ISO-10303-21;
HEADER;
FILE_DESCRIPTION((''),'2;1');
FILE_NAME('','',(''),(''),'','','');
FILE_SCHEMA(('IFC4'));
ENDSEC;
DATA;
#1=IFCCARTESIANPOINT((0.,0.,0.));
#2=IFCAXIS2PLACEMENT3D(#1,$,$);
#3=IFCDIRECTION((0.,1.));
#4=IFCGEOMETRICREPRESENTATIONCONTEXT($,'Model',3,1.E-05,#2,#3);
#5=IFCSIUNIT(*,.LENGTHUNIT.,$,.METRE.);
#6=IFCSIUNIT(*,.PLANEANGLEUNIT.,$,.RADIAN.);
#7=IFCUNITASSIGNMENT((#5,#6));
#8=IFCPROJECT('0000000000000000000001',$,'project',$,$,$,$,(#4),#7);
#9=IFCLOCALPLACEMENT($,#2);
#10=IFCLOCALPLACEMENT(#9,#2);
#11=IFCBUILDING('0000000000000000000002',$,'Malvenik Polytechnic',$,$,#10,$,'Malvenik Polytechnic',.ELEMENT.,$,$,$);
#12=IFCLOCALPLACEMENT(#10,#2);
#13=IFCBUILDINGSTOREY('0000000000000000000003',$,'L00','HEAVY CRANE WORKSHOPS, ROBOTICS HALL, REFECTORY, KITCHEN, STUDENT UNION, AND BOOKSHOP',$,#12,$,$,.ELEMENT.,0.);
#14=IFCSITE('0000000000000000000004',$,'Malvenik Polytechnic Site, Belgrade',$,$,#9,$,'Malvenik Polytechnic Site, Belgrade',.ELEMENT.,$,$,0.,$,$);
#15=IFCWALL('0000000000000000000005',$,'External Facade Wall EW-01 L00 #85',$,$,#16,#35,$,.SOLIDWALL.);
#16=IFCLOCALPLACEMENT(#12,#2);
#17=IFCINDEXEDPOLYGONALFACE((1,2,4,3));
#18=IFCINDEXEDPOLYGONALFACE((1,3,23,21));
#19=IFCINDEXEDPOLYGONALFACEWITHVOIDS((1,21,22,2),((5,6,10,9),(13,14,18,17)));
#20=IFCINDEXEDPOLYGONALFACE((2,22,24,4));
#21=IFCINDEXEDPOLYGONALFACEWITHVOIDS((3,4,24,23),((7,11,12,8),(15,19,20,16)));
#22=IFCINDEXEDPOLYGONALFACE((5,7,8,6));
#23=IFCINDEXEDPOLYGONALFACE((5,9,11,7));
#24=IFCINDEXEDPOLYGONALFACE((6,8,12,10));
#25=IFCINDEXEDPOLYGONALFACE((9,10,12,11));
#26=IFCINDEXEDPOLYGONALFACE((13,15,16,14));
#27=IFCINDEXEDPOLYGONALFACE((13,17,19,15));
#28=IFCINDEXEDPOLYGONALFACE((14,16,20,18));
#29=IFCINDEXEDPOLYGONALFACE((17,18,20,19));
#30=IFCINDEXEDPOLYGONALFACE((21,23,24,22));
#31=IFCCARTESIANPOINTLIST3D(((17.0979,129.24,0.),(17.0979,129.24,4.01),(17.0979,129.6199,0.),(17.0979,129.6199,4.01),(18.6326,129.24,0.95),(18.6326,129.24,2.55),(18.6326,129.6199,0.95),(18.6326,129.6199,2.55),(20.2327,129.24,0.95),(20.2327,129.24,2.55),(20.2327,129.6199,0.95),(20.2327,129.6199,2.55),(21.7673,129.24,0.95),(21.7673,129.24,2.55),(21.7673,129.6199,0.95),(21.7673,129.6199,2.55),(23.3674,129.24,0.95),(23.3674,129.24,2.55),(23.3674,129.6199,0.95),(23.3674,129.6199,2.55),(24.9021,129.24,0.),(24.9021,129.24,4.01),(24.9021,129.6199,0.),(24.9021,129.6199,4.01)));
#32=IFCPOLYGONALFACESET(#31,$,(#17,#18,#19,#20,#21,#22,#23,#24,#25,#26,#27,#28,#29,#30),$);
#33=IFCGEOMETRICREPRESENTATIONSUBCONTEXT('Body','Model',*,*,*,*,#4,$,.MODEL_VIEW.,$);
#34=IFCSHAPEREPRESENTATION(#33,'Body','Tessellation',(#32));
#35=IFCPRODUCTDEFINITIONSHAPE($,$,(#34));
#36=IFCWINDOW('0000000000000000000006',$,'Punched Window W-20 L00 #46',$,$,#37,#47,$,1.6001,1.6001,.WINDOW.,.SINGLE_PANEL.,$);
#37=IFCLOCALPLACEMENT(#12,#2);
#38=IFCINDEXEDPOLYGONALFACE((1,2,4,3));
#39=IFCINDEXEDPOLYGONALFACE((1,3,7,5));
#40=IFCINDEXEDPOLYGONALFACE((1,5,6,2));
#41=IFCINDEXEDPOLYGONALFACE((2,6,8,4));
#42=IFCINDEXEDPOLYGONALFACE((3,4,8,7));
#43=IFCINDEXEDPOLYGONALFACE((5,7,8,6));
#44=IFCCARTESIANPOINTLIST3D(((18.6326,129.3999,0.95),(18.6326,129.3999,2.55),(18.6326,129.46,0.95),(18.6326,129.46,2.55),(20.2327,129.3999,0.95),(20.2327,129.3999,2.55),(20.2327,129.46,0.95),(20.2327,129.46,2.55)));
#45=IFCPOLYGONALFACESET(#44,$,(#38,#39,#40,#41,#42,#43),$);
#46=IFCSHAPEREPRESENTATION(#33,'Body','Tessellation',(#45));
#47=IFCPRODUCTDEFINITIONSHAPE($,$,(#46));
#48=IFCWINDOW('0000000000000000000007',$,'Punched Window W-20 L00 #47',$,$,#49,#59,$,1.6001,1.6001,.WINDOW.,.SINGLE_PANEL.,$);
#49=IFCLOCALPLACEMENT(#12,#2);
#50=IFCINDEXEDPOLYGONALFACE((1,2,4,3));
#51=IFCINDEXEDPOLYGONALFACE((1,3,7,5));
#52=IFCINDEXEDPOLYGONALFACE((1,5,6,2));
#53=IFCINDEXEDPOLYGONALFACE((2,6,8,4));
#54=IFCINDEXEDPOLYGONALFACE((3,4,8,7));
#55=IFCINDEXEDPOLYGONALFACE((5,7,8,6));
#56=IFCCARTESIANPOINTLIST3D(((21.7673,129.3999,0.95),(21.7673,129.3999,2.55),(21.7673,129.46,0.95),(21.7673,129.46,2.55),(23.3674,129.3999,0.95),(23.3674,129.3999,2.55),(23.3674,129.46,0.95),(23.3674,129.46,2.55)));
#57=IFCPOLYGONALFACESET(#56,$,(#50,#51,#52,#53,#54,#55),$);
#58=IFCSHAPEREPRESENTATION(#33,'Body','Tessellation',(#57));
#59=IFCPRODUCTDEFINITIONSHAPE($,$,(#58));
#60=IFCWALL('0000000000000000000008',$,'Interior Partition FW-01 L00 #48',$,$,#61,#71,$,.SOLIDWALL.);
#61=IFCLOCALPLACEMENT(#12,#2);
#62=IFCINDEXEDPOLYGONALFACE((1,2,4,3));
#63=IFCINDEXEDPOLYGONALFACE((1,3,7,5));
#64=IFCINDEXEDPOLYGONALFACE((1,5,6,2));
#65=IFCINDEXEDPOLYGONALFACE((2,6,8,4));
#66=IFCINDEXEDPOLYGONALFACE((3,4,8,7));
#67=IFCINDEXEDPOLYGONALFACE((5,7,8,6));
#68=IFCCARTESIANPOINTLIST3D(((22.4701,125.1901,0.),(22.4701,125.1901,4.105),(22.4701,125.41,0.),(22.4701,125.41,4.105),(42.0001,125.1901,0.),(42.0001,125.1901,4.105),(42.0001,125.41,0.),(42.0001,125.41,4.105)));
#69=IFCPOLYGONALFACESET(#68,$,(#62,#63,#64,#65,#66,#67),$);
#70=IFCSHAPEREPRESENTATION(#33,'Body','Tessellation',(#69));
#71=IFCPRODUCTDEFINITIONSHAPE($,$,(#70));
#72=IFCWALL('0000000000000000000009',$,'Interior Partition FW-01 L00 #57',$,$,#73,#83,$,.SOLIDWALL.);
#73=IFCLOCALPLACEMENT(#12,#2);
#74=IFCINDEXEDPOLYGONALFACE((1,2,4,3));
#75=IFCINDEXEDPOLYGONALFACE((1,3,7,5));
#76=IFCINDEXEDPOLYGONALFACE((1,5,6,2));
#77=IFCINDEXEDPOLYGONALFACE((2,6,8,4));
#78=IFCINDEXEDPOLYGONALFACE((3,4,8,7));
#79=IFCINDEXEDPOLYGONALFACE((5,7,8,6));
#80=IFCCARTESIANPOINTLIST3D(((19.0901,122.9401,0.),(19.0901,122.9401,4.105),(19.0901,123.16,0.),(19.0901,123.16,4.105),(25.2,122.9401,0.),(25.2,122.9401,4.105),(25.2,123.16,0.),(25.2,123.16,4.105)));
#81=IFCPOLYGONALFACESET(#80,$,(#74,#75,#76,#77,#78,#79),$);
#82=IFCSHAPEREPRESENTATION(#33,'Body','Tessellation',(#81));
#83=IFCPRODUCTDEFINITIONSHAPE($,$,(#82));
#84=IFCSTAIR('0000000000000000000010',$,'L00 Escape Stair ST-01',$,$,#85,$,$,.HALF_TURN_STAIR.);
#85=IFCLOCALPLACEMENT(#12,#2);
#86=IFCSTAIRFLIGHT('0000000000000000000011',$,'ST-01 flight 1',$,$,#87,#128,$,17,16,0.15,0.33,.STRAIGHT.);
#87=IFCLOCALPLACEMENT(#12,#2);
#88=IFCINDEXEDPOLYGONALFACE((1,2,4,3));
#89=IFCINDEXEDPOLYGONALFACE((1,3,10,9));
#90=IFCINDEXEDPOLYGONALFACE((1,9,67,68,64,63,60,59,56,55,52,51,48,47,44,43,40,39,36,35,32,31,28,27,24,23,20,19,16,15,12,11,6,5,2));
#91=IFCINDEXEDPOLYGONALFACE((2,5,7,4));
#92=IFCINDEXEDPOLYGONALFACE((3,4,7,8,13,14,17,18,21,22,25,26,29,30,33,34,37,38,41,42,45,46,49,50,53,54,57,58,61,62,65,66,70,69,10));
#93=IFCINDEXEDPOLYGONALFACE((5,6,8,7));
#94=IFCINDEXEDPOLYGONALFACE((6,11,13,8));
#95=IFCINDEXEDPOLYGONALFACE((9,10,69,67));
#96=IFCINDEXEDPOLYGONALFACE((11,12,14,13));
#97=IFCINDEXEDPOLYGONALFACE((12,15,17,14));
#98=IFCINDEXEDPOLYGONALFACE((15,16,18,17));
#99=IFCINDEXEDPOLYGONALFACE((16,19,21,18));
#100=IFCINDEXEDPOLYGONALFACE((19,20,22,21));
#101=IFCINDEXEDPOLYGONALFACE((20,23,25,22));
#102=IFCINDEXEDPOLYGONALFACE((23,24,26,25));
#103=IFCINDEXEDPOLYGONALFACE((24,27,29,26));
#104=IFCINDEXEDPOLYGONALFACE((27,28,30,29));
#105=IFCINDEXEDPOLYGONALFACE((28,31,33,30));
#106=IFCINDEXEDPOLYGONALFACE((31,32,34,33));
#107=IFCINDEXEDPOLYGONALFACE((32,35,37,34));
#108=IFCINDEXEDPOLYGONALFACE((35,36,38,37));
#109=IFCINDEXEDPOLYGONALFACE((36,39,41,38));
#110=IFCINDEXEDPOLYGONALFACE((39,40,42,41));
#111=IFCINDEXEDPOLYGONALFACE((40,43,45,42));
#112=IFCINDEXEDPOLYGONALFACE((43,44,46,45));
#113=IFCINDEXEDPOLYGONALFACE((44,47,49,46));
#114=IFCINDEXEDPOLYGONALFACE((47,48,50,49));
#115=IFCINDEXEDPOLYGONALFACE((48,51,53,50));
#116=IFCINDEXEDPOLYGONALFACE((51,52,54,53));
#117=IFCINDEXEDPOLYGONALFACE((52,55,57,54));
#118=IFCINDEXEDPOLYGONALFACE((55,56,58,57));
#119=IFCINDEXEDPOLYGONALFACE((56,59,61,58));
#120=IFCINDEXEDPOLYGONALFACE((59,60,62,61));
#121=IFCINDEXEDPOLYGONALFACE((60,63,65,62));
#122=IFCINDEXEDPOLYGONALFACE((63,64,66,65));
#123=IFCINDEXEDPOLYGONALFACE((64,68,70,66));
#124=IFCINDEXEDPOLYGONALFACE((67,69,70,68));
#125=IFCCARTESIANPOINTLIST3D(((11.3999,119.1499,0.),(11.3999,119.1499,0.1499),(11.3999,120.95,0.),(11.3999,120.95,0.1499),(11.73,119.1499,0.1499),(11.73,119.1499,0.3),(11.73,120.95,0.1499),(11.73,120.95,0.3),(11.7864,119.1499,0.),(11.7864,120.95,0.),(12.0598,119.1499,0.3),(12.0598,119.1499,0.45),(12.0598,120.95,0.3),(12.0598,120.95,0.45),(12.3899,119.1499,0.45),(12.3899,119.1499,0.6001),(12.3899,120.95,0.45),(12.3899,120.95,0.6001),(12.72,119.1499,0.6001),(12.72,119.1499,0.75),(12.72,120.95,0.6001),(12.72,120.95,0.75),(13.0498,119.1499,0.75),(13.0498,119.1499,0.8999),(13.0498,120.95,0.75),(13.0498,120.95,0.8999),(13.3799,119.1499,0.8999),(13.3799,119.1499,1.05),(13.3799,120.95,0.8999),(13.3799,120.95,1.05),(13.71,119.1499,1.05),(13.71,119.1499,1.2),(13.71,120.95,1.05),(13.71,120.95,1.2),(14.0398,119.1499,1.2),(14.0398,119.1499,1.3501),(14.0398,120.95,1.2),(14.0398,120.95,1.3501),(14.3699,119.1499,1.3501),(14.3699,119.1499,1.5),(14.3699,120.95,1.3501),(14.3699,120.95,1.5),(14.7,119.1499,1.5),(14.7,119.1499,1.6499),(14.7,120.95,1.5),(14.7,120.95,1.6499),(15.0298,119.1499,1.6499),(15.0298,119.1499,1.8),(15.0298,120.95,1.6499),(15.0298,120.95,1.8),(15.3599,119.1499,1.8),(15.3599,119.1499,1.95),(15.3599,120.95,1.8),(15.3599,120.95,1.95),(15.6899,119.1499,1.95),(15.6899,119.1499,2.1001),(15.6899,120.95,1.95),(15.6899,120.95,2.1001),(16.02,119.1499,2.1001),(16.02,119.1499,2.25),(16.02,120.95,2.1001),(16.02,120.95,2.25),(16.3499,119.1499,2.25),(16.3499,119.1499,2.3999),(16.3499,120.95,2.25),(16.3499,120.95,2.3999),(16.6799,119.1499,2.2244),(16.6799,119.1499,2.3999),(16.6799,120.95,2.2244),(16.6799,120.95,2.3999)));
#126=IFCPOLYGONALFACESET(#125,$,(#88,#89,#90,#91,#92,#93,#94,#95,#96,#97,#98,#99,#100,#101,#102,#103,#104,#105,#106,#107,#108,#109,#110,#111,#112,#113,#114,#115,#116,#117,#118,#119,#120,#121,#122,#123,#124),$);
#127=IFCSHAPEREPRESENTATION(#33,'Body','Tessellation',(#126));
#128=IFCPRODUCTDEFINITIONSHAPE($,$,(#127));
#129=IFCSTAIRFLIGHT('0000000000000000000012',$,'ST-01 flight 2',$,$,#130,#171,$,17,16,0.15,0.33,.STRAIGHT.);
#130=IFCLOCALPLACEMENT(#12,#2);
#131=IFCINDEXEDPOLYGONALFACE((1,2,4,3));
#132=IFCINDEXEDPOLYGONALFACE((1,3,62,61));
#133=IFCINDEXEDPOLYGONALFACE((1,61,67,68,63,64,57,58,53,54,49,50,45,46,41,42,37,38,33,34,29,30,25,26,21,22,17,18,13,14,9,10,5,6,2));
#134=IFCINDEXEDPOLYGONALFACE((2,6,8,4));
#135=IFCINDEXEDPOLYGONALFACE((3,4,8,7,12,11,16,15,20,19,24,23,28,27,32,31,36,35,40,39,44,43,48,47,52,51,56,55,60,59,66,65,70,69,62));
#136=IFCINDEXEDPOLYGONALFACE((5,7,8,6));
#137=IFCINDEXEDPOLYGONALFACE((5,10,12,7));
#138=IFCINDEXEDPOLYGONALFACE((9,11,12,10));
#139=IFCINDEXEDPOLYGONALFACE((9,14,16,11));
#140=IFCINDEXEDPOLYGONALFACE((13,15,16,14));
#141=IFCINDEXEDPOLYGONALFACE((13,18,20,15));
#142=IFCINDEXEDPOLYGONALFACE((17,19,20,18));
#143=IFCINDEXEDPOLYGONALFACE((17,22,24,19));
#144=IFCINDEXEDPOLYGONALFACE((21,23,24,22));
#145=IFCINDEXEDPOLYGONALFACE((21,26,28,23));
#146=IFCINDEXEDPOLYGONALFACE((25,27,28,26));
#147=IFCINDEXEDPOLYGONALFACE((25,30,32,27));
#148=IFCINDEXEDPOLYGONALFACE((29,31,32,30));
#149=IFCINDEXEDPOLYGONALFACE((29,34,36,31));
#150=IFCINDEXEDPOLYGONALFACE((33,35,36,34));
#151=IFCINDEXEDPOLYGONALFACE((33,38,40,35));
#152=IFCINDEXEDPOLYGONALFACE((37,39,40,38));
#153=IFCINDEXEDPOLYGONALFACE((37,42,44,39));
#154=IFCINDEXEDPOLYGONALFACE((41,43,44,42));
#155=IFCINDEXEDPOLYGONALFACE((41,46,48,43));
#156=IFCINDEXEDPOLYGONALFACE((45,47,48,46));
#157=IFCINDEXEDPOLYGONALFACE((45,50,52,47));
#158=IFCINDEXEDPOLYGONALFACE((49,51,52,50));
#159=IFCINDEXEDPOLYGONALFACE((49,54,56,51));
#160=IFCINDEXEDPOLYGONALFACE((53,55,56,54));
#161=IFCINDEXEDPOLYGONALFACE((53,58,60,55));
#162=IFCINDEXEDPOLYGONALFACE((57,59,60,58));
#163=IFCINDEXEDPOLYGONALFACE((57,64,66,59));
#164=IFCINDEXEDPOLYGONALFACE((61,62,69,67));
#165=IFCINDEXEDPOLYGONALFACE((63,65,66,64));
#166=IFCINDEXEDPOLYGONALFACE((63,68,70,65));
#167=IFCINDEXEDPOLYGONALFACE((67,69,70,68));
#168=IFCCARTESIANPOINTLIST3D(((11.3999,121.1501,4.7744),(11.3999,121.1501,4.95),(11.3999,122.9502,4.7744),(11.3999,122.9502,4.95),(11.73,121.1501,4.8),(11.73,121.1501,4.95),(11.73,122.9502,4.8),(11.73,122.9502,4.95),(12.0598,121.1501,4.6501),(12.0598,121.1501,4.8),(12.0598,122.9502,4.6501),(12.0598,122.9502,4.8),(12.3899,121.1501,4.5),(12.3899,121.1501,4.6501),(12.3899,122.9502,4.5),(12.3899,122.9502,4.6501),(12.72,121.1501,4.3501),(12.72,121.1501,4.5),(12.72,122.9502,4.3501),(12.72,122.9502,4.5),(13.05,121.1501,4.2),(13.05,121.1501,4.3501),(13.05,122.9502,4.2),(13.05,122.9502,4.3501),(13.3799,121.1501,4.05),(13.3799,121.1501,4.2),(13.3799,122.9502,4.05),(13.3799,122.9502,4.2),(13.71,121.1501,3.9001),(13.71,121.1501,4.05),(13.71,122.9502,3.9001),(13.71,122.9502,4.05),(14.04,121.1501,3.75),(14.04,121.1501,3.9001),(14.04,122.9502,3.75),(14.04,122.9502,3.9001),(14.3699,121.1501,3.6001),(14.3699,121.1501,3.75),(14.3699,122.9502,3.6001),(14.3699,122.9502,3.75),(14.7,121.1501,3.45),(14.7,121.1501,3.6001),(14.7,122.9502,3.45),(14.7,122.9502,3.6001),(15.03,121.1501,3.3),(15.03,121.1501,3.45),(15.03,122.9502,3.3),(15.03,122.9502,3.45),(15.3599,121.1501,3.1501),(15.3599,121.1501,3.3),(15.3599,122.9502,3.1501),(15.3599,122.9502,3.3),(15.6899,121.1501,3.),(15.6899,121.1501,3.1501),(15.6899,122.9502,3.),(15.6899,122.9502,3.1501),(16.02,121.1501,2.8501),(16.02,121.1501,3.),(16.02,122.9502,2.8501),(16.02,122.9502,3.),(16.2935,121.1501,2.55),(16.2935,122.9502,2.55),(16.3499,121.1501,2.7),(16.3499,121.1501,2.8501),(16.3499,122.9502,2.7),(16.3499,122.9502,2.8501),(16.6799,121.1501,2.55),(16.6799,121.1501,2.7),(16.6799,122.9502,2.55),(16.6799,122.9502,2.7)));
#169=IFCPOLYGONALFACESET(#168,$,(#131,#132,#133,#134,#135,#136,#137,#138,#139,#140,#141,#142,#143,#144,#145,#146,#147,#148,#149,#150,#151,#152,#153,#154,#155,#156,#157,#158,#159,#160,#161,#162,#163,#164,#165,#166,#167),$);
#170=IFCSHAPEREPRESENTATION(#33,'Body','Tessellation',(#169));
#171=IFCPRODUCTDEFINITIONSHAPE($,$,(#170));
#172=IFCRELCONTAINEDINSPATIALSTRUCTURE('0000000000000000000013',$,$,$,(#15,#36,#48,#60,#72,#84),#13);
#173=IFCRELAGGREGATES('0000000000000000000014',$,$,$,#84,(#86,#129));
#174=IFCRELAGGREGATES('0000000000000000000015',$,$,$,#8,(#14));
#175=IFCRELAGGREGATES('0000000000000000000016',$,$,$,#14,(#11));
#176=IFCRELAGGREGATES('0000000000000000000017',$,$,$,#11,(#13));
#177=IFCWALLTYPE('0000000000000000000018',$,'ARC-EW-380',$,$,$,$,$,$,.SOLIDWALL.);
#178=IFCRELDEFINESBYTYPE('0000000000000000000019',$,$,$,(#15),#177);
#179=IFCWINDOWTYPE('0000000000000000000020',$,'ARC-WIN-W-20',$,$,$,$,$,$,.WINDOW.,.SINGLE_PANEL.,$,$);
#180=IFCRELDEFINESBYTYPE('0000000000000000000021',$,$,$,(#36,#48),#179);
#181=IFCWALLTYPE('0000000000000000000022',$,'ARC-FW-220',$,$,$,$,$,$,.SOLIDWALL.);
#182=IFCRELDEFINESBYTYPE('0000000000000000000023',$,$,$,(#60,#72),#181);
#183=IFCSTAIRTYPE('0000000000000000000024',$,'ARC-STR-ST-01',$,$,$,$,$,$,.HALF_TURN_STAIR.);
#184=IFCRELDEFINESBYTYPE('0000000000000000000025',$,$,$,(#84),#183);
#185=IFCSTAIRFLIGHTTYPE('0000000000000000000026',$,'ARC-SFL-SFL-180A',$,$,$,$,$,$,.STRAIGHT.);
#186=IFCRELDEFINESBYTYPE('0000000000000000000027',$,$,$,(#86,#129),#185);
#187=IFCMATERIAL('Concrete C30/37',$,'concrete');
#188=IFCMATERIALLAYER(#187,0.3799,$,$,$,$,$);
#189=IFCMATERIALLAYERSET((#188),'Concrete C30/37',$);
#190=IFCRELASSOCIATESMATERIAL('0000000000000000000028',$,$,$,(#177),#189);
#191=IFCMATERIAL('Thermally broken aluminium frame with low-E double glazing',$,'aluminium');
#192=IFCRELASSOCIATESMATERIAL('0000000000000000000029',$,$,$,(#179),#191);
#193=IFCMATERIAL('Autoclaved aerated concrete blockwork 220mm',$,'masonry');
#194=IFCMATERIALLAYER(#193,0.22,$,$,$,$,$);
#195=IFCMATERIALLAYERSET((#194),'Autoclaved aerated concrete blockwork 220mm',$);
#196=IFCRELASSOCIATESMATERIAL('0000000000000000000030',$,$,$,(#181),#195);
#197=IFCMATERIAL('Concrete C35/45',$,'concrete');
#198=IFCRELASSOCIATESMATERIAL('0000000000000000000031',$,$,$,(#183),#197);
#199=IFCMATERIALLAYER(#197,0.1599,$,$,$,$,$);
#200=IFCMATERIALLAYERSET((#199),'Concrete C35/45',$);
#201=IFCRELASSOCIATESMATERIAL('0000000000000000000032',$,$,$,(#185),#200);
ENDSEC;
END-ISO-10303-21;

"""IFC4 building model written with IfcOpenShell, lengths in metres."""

from ifc_helpers import new_model, si_unit, direction, frame, frame_2d, origin, place, context, subcontext, project, spatial, polyline, rectangle, outline, extrude, material, layer, layer_set, type_object, element, fill, aggregate, save


model = new_model("IFC4")

# Units and contexts
model_context = context("Model", 3, precision=1e-05, world=origin(), true_north=direction((0.0, 1.0)))
body_context = subcontext(model_context, "Body", "Model", "MODEL_VIEW")
ifc_project = project(units=[si_unit("LENGTHUNIT", "METRE"), si_unit("PLANEANGLEUNIT", "RADIAN")], contexts=[model_context])

# Site, building, storey
site_placement = place(None, origin())
site = spatial("IfcSite", under=ifc_project, at=site_placement, Name="Malvenik Polytechnic Site, Belgrade", LongName="Malvenik Polytechnic Site, Belgrade", CompositionType="ELEMENT", RefElevation=0.0)
building_placement = place(site_placement, origin())
building = spatial("IfcBuilding", under=site, at=building_placement, Name="Malvenik Polytechnic", LongName="Malvenik Polytechnic", CompositionType="ELEMENT")
storey_placement = place(building_placement, origin())
storey = spatial("IfcBuildingStorey", under=building, at=storey_placement, Name="L00", Description="HEAVY CRANE WORKSHOPS, ROBOTICS HALL, REFECTORY, KITCHEN, STUDENT UNION, AND BOOKSHOP", CompositionType="ELEMENT", Elevation=0.0)

# Shared definitions
ifc_material_1 = material(Name="Concrete C35/45", Category="concrete")

# Shared definitions
ifc_material_2 = material(Name="Concrete C30/37", Category="concrete")
ifc_layer_1 = layer(ifc_material_2, 0.3799)
ifc_layer_set_1 = layer_set([ifc_layer_1], Name="Concrete C30/37")
wall_type_1 = type_object("IfcWallType", Name="ARC-EW-380", PredefinedType="SOLIDWALL", material=ifc_layer_set_1)
ifc_material_3 = material(Name="Thermally broken aluminium frame with low-E double glazing", Category="aluminium")

# Wall, openings, windows
wall_1_placement = place(storey_placement, frame((17.0979, 129.4299, 0.0), z_axis=(0.0, 0.0, 1.0), x_axis=(1.0, 0.0, 0.0)))
wall_1 = element("IfcWall", 1, at=wall_1_placement, inside=storey, type_object=wall_type_1, Name="External Facade Wall EW-01 L00 #85", PredefinedType="SOLIDWALL", context=body_context, shape_type="SweptSolid", body=[
    extrude(rectangle(XDim=7.8042, YDim=0.3799, at=frame_2d((3.9021, 0.0))), origin(), (0.0, 0.0, 1.0), 4.01),
])
opening_1_placement = place(wall_1_placement, frame((1.5347, 0.0, 0.95)))
opening_1 = element("IfcOpeningElement", 2, at=opening_1_placement, cuts=wall_1, PredefinedType="OPENING", context=body_context, shape_type="SweptSolid", body=[
    extrude(rectangle(XDim=1.6001, YDim=1.6001, at=frame_2d((0.8, 0.8))), frame((0.0, 0.2, 0.0), z_axis=(0.0, -1.0, 0.0), x_axis=(1.0, 0.0, 0.0)), (0.0, 0.0, 1.0), 0.3999),
])
opening_2_placement = place(wall_1_placement, frame((4.6694, 0.0, 0.95)))
opening_2 = element("IfcOpeningElement", 3, at=opening_2_placement, cuts=wall_1, PredefinedType="OPENING", context=body_context, shape_type="SweptSolid", body=[
    extrude(rectangle(XDim=1.6001, YDim=1.6001, at=frame_2d((0.8, 0.8))), frame((0.0, 0.2, 0.0), z_axis=(0.0, -1.0, 0.0), x_axis=(1.0, 0.0, 0.0)), (0.0, 0.0, 1.0), 0.3999),
])
window_type_1 = type_object("IfcWindowType", Name="ARC-WIN-W-20", PartitioningType="SINGLE_PANEL", PredefinedType="WINDOW", material=ifc_material_3)
window_1_placement = place(opening_1_placement, origin())
window_1 = element("IfcWindow", 4, at=window_1_placement, inside=storey, type_object=window_type_1, Name="Punched Window W-20 L00 #46", OverallHeight=1.6001, OverallWidth=1.6001, PartitioningType="SINGLE_PANEL", PredefinedType="WINDOW", context=body_context, shape_type="SweptSolid", body=[
    extrude(rectangle(XDim=1.6001, YDim=1.6001, at=frame_2d((0.8, 0.8))), frame((0.0, 0.03, 0.0), z_axis=(0.0, -1.0, 0.0), x_axis=(1.0, 0.0, 0.0)), (0.0, 0.0, 1.0), 0.0601),
])
fill(opening_1, window_1)
window_2_placement = place(opening_2_placement, origin())
window_2 = element("IfcWindow", 5, at=window_2_placement, inside=storey, type_object=window_type_1, Name="Punched Window W-20 L00 #47", OverallHeight=1.6001, OverallWidth=1.6001, PartitioningType="SINGLE_PANEL", PredefinedType="WINDOW", context=body_context, shape_type="SweptSolid", body=[
    extrude(rectangle(XDim=1.6001, YDim=1.6001, at=frame_2d((0.8, 0.8))), frame((0.0, 0.03, 0.0), z_axis=(0.0, -1.0, 0.0), x_axis=(1.0, 0.0, 0.0)), (0.0, 0.0, 1.0), 0.0601),
])
fill(opening_2, window_2)

# Walls
ifc_material_4 = material(Name="Autoclaved aerated concrete blockwork 220mm", Category="masonry")
ifc_layer_2 = layer(ifc_material_4, 0.22)
ifc_layer_set_2 = layer_set([ifc_layer_2], Name="Autoclaved aerated concrete blockwork 220mm")
wall_type_2 = type_object("IfcWallType", Name="ARC-FW-220", PredefinedType="SOLIDWALL", material=ifc_layer_set_2)
wall_2_placement = place(storey_placement, frame((22.47, 125.3, 0.0), z_axis=(0.0, 0.0, 1.0), x_axis=(1.0, 0.0, 0.0)))
element("IfcWall", 6, at=wall_2_placement, inside=storey, type_object=wall_type_2, Name="Interior Partition FW-01 L00 #48", PredefinedType="SOLIDWALL", context=body_context, shape_type="SweptSolid", body=[
    extrude(rectangle(XDim=19.53, YDim=0.22, at=frame_2d((9.7651, 0.0))), origin(), (0.0, 0.0, 1.0), 4.105),
])
wall_3_placement = place(storey_placement, frame((25.2, 123.05, 0.0), z_axis=(0.0, 0.0, 1.0), x_axis=(-1.0, 0.0, 0.0)))
element("IfcWall", 7, at=wall_3_placement, inside=storey, type_object=wall_type_2, Name="Interior Partition FW-01 L00 #57", PredefinedType="SOLIDWALL", context=body_context, shape_type="SweptSolid", body=[
    extrude(rectangle(XDim=6.1099, YDim=0.22, at=frame_2d((3.0549, 0.0))), origin(), (0.0, 0.0, 1.0), 4.105),
])

# Stair, stair flights
stair_type = type_object("IfcStairType", Name="ARC-STR-ST-01", PredefinedType="HALF_TURN_STAIR", material=ifc_material_1)
stair_placement = place(storey_placement, origin())
stair = element("IfcStair", 8, at=stair_placement, inside=storey, type_object=stair_type, Name="L00 Escape Stair ST-01", PredefinedType="HALF_TURN_STAIR")
ifc_layer_3 = layer(ifc_material_1, 0.1599)
ifc_layer_set_3 = layer_set([ifc_layer_3], Name="Concrete C35/45")
stair_flight_type = type_object("IfcStairFlightType", Name="ARC-SFL-SFL-180A", PredefinedType="STRAIGHT", material=ifc_layer_set_3)
stair_flight_1_placement = place(storey_placement, frame((11.3999, 120.05, 0.0), z_axis=(0.0, 0.0, 1.0), x_axis=(1.0, 0.0, 0.0)))
stair_flight_1 = element("IfcStairFlight", 9, at=stair_flight_1_placement, type_object=stair_flight_type, Name="ST-01 flight 1", NumberOfRisers=17, NumberOfTreads=16, PredefinedType="STRAIGHT", RiserHeight=0.15, TreadLength=0.33, context=body_context, shape_type="SweptSolid", body=[
    extrude(outline(polyline([(0.0, 0.0), (0.0, 0.1499), (0.3301, 0.1499), (0.3301, 0.3), (0.6599, 0.3), (0.6599, 0.45), (0.99, 0.45), (0.99, 0.6001), (1.3201, 0.6001), (1.3201, 0.75), (1.6499, 0.75), (1.6499, 0.8999), (1.98, 0.8999), (1.98, 1.05), (2.3101, 1.05), (2.3101, 1.2), (2.6399, 1.2), (2.6399, 1.3501), (2.97, 1.3501), (2.97, 1.5), (3.3, 1.5), (3.3, 1.6499), (3.6299, 1.6499), (3.6299, 1.8), (3.96, 1.8), (3.96, 1.95), (4.29, 1.95), (4.29, 2.1001), (4.6201, 2.1001), (4.6201, 2.25), (4.95, 2.25), (4.95, 2.3999), (5.28, 2.3999), (5.28, 2.55), (5.28, 2.2244), (0.3865, 0.0), (0.0, 0.0)])), frame((0.0, 0.8999, 0.0), z_axis=(0.0, -1.0, 0.0), x_axis=(1.0, 0.0, 0.0)), (0.0, 0.0, 1.0), 1.8),
])
stair_flight_2_placement = place(storey_placement, frame((16.6799, 122.05, 2.55), z_axis=(0.0, 0.0, 1.0), x_axis=(-1.0, 0.0, 0.0)))
stair_flight_2 = element("IfcStairFlight", 10, at=stair_flight_2_placement, type_object=stair_flight_type, Name="ST-01 flight 2", NumberOfRisers=17, NumberOfTreads=16, PredefinedType="STRAIGHT", RiserHeight=0.15, TreadLength=0.33, context=body_context, shape_type="SweptSolid", body=[
    extrude(outline(polyline([(0.0, 0.0), (0.0, 0.1499), (0.3301, 0.1499), (0.3301, 0.3), (0.6599, 0.3), (0.6599, 0.45), (0.99, 0.45), (0.99, 0.6001), (1.3201, 0.6001), (1.3201, 0.75), (1.6499, 0.75), (1.6499, 0.8999), (1.98, 0.8999), (1.98, 1.05), (2.3101, 1.05), (2.3101, 1.2), (2.6399, 1.2), (2.6399, 1.3501), (2.97, 1.3501), (2.97, 1.5), (3.3, 1.5), (3.3, 1.6499), (3.6299, 1.6499), (3.6299, 1.8), (3.96, 1.8), (3.96, 1.95), (4.29, 1.95), (4.29, 2.1001), (4.6201, 2.1001), (4.6201, 2.25), (4.95, 2.25), (4.95, 2.3999), (5.28, 2.3999), (5.28, 2.55), (5.28, 2.2244), (0.3865, 0.0), (0.0, 0.0)])), frame((0.0, 0.8999, 0.0), z_axis=(0.0, -1.0, 0.0), x_axis=(1.0, 0.0, 0.0)), (0.0, 0.0, 1.0), 1.8),
])
aggregate(stair, [stair_flight_1, stair_flight_2])

save(model, "model.ifc")
